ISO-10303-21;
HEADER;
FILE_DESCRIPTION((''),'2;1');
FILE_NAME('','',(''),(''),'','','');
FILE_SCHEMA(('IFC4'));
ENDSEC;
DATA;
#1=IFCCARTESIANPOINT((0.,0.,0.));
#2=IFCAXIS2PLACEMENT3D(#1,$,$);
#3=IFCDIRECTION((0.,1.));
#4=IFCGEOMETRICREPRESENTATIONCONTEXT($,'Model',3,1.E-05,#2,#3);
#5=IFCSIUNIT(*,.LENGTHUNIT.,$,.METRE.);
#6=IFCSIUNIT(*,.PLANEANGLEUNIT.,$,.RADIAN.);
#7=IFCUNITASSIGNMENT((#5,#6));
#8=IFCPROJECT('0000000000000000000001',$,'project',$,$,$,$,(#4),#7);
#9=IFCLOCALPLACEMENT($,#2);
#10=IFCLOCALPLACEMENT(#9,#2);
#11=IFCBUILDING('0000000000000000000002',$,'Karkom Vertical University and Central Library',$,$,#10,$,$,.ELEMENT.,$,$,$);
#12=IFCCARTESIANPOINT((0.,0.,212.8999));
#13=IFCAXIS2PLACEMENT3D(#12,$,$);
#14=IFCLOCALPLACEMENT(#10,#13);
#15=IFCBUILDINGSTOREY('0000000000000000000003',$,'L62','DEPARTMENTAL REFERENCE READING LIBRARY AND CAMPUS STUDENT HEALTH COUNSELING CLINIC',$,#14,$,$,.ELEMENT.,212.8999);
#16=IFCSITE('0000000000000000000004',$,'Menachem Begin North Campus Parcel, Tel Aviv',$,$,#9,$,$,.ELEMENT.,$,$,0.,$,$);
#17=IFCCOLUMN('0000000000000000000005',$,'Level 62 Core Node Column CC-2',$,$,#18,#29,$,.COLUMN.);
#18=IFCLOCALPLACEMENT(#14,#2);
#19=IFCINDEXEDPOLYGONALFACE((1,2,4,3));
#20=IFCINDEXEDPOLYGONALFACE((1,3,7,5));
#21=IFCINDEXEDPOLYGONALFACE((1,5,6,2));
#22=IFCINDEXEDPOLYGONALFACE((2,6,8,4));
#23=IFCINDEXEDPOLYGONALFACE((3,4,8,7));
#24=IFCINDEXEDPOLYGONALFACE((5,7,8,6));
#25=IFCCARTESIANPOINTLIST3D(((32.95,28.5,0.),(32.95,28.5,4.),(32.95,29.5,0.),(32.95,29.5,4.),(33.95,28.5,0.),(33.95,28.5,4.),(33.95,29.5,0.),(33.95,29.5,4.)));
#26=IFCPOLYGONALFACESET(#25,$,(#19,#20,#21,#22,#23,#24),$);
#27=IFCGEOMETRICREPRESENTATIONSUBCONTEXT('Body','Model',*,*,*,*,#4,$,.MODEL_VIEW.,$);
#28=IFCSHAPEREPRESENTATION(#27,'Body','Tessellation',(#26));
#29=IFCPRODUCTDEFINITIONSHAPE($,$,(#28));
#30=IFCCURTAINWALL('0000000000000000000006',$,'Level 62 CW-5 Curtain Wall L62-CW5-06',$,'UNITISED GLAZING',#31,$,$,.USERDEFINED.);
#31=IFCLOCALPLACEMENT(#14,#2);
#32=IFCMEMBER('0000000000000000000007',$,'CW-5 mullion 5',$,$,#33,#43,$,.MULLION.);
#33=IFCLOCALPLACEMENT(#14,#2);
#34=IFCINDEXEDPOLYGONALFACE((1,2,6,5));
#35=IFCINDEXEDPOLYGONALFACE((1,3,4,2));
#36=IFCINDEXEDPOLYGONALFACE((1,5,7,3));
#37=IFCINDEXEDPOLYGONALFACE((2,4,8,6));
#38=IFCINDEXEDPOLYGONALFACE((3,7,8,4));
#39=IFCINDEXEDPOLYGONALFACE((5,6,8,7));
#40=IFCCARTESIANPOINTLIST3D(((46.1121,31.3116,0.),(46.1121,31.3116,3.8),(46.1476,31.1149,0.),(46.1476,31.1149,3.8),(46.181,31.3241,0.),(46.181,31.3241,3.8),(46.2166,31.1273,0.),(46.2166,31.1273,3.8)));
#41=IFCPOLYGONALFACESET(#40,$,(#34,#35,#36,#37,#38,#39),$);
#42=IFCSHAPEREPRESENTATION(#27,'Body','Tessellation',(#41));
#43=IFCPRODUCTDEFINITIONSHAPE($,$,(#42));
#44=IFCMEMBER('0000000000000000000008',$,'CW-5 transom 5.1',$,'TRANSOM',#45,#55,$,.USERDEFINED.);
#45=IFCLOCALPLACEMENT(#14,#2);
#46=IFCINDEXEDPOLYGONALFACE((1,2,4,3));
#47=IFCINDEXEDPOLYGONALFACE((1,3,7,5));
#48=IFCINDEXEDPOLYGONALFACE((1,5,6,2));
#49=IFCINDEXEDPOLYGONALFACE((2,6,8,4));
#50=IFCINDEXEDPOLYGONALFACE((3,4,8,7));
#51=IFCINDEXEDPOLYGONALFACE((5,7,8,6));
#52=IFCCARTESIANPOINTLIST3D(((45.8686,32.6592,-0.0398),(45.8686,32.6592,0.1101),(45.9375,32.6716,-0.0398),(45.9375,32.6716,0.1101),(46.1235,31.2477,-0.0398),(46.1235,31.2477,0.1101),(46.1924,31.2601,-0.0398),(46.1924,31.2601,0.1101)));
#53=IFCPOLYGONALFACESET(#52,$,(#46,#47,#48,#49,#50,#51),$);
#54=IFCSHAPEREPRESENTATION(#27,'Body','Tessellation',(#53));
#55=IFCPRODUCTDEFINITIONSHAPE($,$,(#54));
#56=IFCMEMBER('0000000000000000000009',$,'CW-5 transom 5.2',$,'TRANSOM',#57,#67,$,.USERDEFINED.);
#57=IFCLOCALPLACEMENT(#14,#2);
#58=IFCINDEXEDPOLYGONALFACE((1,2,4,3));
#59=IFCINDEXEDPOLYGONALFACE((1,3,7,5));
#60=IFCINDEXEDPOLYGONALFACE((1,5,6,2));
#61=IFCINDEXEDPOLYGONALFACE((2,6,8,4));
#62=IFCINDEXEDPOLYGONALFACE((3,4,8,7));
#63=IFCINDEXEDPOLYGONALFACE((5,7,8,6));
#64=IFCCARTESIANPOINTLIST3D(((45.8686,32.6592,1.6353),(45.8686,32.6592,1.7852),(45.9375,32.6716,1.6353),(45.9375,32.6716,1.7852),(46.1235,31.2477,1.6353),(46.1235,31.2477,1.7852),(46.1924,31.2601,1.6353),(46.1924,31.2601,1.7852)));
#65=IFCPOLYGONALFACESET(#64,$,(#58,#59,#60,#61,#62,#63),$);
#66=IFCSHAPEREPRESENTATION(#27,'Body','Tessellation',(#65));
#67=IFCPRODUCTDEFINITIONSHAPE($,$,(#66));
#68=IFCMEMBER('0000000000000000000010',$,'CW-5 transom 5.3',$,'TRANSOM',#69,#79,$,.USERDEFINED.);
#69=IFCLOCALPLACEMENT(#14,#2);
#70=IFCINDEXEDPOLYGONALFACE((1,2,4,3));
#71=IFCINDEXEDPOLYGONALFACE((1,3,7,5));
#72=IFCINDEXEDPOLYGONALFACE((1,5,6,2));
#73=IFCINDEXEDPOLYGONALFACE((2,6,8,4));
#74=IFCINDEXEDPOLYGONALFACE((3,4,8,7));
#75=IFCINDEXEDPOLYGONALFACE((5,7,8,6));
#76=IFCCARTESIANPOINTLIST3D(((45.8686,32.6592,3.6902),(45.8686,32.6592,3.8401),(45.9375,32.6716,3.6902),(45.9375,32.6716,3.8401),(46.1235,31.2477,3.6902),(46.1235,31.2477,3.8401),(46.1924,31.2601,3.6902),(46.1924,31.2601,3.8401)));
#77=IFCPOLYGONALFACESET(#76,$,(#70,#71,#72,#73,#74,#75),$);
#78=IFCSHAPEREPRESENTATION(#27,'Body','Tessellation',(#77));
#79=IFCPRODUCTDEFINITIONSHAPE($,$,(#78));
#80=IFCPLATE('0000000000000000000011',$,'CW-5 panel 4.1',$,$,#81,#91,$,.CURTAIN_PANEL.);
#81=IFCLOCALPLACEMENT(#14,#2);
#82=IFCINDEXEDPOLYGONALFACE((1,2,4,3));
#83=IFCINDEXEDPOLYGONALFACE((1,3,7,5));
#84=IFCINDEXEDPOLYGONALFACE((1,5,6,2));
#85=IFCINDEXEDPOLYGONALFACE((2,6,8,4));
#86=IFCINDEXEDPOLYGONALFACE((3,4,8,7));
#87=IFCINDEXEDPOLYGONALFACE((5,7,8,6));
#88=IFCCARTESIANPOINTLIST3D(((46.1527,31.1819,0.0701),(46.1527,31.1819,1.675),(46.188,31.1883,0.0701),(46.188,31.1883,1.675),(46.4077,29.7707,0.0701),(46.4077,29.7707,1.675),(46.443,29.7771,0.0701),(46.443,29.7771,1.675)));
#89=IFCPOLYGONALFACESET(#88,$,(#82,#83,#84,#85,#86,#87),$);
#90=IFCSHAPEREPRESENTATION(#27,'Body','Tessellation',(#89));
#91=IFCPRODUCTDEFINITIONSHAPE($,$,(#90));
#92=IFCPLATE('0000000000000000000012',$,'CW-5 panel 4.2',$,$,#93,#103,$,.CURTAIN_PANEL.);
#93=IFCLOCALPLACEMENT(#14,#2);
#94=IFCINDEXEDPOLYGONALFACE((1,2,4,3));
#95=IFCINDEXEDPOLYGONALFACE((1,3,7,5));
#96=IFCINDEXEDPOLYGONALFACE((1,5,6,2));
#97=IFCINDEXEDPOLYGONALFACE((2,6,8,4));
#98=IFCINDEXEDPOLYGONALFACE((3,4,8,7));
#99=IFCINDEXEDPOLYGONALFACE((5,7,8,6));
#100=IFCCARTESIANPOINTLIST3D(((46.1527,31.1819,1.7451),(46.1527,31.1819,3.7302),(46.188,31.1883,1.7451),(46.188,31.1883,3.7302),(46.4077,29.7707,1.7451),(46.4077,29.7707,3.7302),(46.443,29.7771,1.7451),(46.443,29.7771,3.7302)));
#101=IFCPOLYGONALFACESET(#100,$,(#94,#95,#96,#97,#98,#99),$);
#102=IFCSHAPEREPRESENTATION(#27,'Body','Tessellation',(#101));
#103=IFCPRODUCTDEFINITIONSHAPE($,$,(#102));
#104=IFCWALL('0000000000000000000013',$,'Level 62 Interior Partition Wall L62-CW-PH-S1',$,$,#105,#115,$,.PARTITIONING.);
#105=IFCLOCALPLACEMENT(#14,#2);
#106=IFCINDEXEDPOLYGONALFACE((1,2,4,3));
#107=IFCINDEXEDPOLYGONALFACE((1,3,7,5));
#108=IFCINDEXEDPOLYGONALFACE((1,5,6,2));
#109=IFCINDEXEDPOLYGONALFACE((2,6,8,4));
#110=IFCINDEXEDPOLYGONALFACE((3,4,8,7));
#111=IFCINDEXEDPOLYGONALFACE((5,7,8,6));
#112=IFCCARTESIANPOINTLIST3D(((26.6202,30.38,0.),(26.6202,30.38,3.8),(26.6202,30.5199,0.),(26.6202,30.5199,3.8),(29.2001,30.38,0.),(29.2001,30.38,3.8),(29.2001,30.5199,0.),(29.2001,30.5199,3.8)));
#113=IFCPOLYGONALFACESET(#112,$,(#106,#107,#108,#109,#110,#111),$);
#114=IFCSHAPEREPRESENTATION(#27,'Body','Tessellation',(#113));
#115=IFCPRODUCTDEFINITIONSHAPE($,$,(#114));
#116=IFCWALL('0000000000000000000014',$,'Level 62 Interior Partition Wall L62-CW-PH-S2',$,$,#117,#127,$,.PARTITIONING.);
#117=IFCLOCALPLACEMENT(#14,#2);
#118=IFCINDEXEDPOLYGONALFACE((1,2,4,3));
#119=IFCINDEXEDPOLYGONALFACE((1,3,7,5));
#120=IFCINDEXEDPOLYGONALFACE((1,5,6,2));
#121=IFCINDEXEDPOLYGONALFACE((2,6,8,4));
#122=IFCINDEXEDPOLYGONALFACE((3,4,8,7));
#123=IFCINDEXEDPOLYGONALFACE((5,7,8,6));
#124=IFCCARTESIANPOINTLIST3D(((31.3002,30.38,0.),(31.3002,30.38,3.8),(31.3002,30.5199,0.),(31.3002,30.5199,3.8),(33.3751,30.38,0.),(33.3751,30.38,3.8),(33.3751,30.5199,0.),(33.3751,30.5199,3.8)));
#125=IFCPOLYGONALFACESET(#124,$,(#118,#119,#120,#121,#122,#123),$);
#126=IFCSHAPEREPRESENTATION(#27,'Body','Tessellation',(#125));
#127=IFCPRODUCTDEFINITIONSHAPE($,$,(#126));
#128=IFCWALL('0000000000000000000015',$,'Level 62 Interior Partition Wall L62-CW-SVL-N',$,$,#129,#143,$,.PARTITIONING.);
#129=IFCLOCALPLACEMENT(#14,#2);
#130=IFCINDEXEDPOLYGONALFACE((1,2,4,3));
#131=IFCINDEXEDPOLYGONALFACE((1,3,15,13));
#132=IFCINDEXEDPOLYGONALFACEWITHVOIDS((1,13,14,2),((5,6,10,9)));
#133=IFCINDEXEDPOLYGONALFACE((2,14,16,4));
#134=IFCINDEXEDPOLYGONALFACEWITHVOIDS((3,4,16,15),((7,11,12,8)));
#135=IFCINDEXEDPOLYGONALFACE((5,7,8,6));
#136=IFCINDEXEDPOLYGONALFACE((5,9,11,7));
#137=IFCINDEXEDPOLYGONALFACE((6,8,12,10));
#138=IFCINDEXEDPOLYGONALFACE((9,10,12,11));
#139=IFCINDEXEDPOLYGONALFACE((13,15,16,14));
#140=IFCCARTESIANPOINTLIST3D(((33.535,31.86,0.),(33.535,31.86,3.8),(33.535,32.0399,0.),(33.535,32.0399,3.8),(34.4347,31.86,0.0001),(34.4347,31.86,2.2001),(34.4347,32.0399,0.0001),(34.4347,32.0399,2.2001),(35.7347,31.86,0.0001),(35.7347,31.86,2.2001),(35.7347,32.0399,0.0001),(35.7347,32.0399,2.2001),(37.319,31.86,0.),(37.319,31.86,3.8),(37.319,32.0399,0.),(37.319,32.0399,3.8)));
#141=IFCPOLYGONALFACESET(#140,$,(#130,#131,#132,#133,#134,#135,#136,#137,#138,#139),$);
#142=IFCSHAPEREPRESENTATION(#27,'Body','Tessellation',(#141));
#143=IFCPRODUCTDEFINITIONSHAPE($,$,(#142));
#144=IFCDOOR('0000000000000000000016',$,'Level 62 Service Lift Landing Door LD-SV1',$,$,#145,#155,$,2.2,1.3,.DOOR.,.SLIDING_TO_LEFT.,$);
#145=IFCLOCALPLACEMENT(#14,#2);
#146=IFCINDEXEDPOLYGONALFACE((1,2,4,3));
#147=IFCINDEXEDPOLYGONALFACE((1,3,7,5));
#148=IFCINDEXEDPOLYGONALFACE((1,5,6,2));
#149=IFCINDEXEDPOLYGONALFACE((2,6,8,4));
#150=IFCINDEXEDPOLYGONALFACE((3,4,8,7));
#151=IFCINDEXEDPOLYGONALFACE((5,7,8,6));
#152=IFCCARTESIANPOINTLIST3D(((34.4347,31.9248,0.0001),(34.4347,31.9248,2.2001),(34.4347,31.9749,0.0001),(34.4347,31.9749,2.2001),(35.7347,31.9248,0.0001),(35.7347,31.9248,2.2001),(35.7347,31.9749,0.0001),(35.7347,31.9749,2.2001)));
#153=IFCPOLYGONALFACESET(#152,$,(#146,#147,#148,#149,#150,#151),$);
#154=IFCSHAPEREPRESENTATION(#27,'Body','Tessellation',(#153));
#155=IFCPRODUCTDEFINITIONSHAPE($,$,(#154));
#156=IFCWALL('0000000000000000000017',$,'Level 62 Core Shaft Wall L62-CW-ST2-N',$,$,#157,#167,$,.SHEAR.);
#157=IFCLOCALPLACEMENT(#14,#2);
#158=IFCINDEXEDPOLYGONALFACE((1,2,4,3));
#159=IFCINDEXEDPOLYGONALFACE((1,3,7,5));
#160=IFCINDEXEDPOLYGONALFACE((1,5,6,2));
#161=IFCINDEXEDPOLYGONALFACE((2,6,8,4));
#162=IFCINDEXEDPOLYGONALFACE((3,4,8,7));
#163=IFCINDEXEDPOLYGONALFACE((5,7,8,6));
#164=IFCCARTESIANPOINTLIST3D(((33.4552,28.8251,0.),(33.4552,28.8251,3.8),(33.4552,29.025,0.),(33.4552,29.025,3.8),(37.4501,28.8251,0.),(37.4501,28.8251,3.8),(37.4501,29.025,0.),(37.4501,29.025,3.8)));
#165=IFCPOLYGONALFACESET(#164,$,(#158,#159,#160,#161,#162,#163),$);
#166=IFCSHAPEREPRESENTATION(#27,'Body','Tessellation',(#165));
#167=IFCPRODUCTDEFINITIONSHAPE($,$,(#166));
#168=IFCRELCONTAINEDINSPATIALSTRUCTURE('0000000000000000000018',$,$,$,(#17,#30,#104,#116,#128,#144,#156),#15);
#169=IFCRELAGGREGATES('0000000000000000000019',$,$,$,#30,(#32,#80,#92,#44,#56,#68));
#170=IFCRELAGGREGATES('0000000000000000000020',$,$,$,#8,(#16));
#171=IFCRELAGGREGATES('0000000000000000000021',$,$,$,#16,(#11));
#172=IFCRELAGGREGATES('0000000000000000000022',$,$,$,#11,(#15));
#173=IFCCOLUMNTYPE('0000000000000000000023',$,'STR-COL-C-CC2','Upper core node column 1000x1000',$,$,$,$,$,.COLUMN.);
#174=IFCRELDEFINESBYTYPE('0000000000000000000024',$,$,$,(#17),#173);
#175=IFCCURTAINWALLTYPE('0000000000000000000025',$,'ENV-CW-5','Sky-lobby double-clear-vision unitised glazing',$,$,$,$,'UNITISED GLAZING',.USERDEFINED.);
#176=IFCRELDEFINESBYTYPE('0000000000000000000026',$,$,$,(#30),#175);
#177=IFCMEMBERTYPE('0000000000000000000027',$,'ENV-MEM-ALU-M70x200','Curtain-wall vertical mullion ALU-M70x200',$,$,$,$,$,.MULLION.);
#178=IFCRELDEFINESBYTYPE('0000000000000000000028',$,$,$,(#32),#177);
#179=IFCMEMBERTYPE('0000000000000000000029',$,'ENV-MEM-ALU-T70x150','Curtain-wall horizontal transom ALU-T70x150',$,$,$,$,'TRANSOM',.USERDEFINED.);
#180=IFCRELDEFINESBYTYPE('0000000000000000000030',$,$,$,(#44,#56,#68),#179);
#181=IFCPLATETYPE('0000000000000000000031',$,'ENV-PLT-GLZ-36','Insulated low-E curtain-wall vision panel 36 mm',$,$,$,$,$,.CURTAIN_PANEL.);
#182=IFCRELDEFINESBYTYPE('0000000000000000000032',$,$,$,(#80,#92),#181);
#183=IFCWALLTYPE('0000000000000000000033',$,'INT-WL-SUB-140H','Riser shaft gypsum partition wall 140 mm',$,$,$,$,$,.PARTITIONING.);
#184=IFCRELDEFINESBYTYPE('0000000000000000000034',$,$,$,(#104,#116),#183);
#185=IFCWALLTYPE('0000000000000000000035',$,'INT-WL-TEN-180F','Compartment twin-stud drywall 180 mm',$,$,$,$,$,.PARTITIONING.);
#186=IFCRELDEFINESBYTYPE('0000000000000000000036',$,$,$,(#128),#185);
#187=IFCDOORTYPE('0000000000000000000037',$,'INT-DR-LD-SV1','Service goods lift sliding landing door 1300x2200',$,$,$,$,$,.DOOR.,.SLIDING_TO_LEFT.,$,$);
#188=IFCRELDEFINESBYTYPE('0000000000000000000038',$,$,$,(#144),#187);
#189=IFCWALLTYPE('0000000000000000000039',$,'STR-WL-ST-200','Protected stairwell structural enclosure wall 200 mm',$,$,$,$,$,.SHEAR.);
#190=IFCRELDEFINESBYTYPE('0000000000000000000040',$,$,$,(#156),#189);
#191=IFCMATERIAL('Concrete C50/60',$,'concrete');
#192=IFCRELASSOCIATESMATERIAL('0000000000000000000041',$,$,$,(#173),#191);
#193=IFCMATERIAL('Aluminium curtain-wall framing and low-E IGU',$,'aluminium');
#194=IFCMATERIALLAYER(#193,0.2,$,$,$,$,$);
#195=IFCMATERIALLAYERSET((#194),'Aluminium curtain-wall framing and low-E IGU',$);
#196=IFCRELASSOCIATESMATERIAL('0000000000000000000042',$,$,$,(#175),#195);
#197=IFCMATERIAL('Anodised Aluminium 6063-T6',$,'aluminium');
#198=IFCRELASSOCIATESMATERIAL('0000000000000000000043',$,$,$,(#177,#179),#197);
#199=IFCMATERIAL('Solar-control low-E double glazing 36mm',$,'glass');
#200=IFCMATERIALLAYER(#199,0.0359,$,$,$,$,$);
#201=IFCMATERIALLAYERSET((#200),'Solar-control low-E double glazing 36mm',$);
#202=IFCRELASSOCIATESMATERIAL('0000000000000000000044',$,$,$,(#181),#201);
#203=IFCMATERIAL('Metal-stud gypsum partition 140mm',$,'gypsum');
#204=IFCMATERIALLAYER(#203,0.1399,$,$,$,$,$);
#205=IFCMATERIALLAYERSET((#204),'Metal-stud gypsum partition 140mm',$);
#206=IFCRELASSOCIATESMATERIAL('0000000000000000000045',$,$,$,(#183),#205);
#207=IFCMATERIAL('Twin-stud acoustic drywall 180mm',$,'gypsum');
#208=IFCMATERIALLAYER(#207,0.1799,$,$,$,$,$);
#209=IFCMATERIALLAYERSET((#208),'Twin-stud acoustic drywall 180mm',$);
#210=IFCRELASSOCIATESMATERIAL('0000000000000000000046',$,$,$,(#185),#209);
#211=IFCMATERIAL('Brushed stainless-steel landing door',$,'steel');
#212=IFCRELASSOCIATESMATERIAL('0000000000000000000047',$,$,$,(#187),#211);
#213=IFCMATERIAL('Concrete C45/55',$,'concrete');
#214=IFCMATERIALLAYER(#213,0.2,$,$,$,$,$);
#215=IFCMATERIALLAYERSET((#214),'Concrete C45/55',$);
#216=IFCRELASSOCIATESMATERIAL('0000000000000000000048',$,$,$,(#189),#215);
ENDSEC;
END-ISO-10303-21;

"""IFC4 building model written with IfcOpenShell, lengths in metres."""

from ifc_helpers import new_model, si_unit, direction, frame, frame_2d, origin, origin_with_axes, origin_2d, place, context, subcontext, project, spatial, rectangle, extrude, source, transform, mapped, material, layer, layer_set, material_profile, profile_set, type_object, element, fill, aggregate, save


model = new_model("IFC4")

# Units and contexts
model_context = context("Model", 3, precision=1e-05, world=origin(), true_north=direction((0.0, 1.0)))
body_context = subcontext(model_context, "Body", "Model", "MODEL_VIEW")
ifc_project = project(units=[si_unit("LENGTHUNIT", "METRE"), si_unit("PLANEANGLEUNIT", "RADIAN")], contexts=[model_context])

# Site, building, storey
site_placement = place(None, origin())
site = spatial("IfcSite", under=ifc_project, at=site_placement, Name="Menachem Begin North Campus Parcel, Tel Aviv", CompositionType="ELEMENT", RefElevation=0.0)
building_placement = place(site_placement, origin())
building = spatial("IfcBuilding", under=site, at=building_placement, Name="Karkom Vertical University and Central Library", CompositionType="ELEMENT")
storey_placement = place(building_placement, frame((0.0, 0.0, 212.8999)))
storey = spatial("IfcBuildingStorey", under=building, at=storey_placement, Name="L62", Description="DEPARTMENTAL REFERENCE READING LIBRARY AND CAMPUS STUDENT HEALTH COUNSELING CLINIC", CompositionType="ELEMENT", Elevation=212.8999)

# Column
ifc_material_1 = material(Name="Concrete C50/60", Category="concrete")
ifc_material_profile_1 = material_profile(ifc_material_1, rectangle(XDim=1.0, YDim=1.0, at=origin_2d()), Name="RC-1000x1000")
ifc_profile_set_1 = profile_set([ifc_material_profile_1], Name="Concrete C50/60")
column_type = type_object("IfcColumnType", Name="STR-COL-C-CC2", Description="Upper core node column 1000x1000", PredefinedType="COLUMN", material=ifc_profile_set_1)
shared_shape_1 = source(origin_with_axes(), body_context, "Body", "SweptSolid", [
    extrude(rectangle(XDim=1.0, YDim=1.0, at=origin_2d()), origin(), (0.0, 0.0, 1.0), 4.0),
])
column_placement = place(storey_placement, frame((33.45, 29.0, 0.0), z_axis=(0.0, 0.0, 1.0), x_axis=(1.0, 0.0, 0.0)))
element("IfcColumn", 1, at=column_placement, inside=storey, type_object=column_type, Name="Level 62 Core Node Column CC-2", PredefinedType="COLUMN", context=body_context, shape_type="MappedRepresentation", body=[
    mapped(shared_shape_1, transform((0.0, 0.0, 0.0), scale=1.0)),
])

# Curtain wall, members, plates
ifc_material_2 = material(Name="Aluminium curtain-wall framing and low-E IGU", Category="aluminium")
ifc_layer_1 = layer(ifc_material_2, 0.2)
ifc_layer_set_1 = layer_set([ifc_layer_1], Name="Aluminium curtain-wall framing and low-E IGU")
curtain_wall_type = type_object("IfcCurtainWallType", Name="ENV-CW-5", Description="Sky-lobby double-clear-vision unitised glazing", ElementType="UNITISED GLAZING", PredefinedType="USERDEFINED", material=ifc_layer_set_1)
curtain_wall_placement = place(storey_placement, origin())
curtain_wall = element("IfcCurtainWall", 2, at=curtain_wall_placement, inside=storey, type_object=curtain_wall_type, Name="Level 62 CW-5 Curtain Wall L62-CW5-06", ObjectType="UNITISED GLAZING", PredefinedType="USERDEFINED")
ifc_material_3 = material(Name="Anodised Aluminium 6063-T6", Category="aluminium")
ifc_material_profile_2 = material_profile(ifc_material_3, rectangle(XDim=0.0701, YDim=0.2, at=origin_2d()), Name="ALU-M70x200")
ifc_profile_set_2 = profile_set([ifc_material_profile_2], Name="Anodised Aluminium 6063-T6")
member_type_1 = type_object("IfcMemberType", Name="ENV-MEM-ALU-M70x200", Description="Curtain-wall vertical mullion ALU-M70x200", PredefinedType="MULLION", material=ifc_profile_set_2)
shared_shape_2 = source(origin_with_axes(), body_context, "Body", "SweptSolid", [
    extrude(rectangle(XDim=0.0701, YDim=0.2, at=origin_2d()), origin(), (0.0, 0.0, 1.0), 3.8),
])
member_1_placement = place(storey_placement, frame((46.1643, 31.2195, 0.0), z_axis=(0.0, 0.0, 1.0), x_axis=(-0.984072, -0.177772, 0.0)))
member_1 = element("IfcMember", 3, at=member_1_placement, type_object=member_type_1, Name="CW-5 mullion 5", PredefinedType="MULLION", context=body_context, shape_type="MappedRepresentation", body=[
    mapped(shared_shape_2, transform((0.0, 0.0, 0.0), scale=1.0)),
])
ifc_material_profile_3 = material_profile(ifc_material_3, rectangle(XDim=0.0701, YDim=0.1499, at=origin_2d()), Name="ALU-T70x150")
ifc_profile_set_3 = profile_set([ifc_material_profile_3], Name="Anodised Aluminium 6063-T6")
member_type_2 = type_object("IfcMemberType", Name="ENV-MEM-ALU-T70x150", Description="Curtain-wall horizontal transom ALU-T70x150", ElementType="TRANSOM", PredefinedType="USERDEFINED", material=ifc_profile_set_3)
shared_shape_3 = source(origin_with_axes(), body_context, "Body", "SweptSolid", [
    extrude(rectangle(XDim=0.0701, YDim=0.1499, at=origin_2d()), origin(), (0.0, 0.0, 1.0), 1.4343),
])
member_2_placement = place(storey_placement, frame((46.158, 31.2539, 0.0352), z_axis=(-0.177717, 0.984082, 0.0), x_axis=(-0.984082, -0.177717, 0.0)))
member_2 = element("IfcMember", 4, at=member_2_placement, type_object=member_type_2, Name="CW-5 transom 5.1", ObjectType="TRANSOM", PredefinedType="USERDEFINED", context=body_context, shape_type="MappedRepresentation", body=[
    mapped(shared_shape_3, transform((0.0, 0.0, 0.0), scale=1.0)),
])
member_3_placement = place(storey_placement, frame((46.158, 31.2539, 1.7102), z_axis=(-0.177717, 0.984082, 0.0), x_axis=(-0.984082, -0.177717, 0.0)))
member_3 = element("IfcMember", 5, at=member_3_placement, type_object=member_type_2, Name="CW-5 transom 5.2", ObjectType="TRANSOM", PredefinedType="USERDEFINED", context=body_context, shape_type="MappedRepresentation", body=[
    mapped(shared_shape_3, transform((0.0, 0.0, 0.0), scale=1.0)),
])
member_4_placement = place(storey_placement, frame((46.158, 31.2539, 3.7651), z_axis=(-0.177717, 0.984082, 0.0), x_axis=(-0.984082, -0.177717, 0.0)))
member_4 = element("IfcMember", 6, at=member_4_placement, type_object=member_type_2, Name="CW-5 transom 5.3", ObjectType="TRANSOM", PredefinedType="USERDEFINED", context=body_context, shape_type="MappedRepresentation", body=[
    mapped(shared_shape_3, transform((0.0, 0.0, 0.0), scale=1.0)),
])
ifc_material_4 = material(Name="Solar-control low-E double glazing 36mm", Category="glass")
ifc_layer_2 = layer(ifc_material_4, 0.0359)
ifc_layer_set_2 = layer_set([ifc_layer_2], Name="Solar-control low-E double glazing 36mm")
plate_type = type_object("IfcPlateType", Name="ENV-PLT-GLZ-36", Description="Insulated low-E curtain-wall vision panel 36 mm", PredefinedType="CURTAIN_PANEL", material=ifc_layer_set_2)
shared_shape_4 = source(origin_with_axes(), body_context, "Body", "SweptSolid", [
    extrude(rectangle(XDim=1.4341, YDim=0.0359, at=origin_2d()), origin(), (0.0, 0.0, 1.0), 1.605),
])
plate_1_placement = place(storey_placement, frame((46.2979, 30.4795, 0.0701), z_axis=(0.0, 0.0, 1.0), x_axis=(-0.177772, 0.984072, 0.0)))
plate_1 = element("IfcPlate", 7, at=plate_1_placement, type_object=plate_type, Name="CW-5 panel 4.1", PredefinedType="CURTAIN_PANEL", context=body_context, shape_type="MappedRepresentation", body=[
    mapped(shared_shape_4, transform((0.0, 0.0, 0.0), scale=1.0)),
])
shared_shape_5 = source(origin_with_axes(), body_context, "Body", "SweptSolid", [
    extrude(rectangle(XDim=1.4341, YDim=0.0359, at=origin_2d()), origin(), (0.0, 0.0, 1.0), 1.9851),
])
plate_2_placement = place(storey_placement, frame((46.2979, 30.4795, 1.7451), z_axis=(0.0, 0.0, 1.0), x_axis=(-0.177772, 0.984072, 0.0)))
plate_2 = element("IfcPlate", 8, at=plate_2_placement, type_object=plate_type, Name="CW-5 panel 4.2", PredefinedType="CURTAIN_PANEL", context=body_context, shape_type="MappedRepresentation", body=[
    mapped(shared_shape_5, transform((0.0, 0.0, 0.0), scale=1.0)),
])
aggregate(curtain_wall, [member_1, plate_1, plate_2, member_2, member_3, member_4])

# Shared definitions
ifc_material_5 = material(Name="Metal-stud gypsum partition 140mm", Category="gypsum")
ifc_layer_3 = layer(ifc_material_5, 0.1399)
ifc_layer_set_3 = layer_set([ifc_layer_3], Name="Metal-stud gypsum partition 140mm")
wall_type_1 = type_object("IfcWallType", Name="INT-WL-SUB-140H", Description="Riser shaft gypsum partition wall 140 mm", PredefinedType="PARTITIONING", material=ifc_layer_set_3)
ifc_material_6 = material(Name="Brushed stainless-steel landing door", Category="steel")

# Walls
wall_1_placement = place(storey_placement, frame((26.6201, 30.45, 0.0), z_axis=(0.0, 0.0, 1.0), x_axis=(1.0, 0.0, 0.0)))
element("IfcWall", 9, at=wall_1_placement, inside=storey, type_object=wall_type_1, Name="Level 62 Interior Partition Wall L62-CW-PH-S1", PredefinedType="PARTITIONING", context=body_context, shape_type="SweptSolid", body=[
    extrude(rectangle(XDim=2.5798, YDim=0.1399, at=frame_2d((1.29, 0.0))), origin(), (0.0, 0.0, 1.0), 3.8),
])
wall_2_placement = place(storey_placement, frame((31.3, 30.45, 0.0), z_axis=(0.0, 0.0, 1.0), x_axis=(1.0, 0.0, 0.0)))
element("IfcWall", 10, at=wall_2_placement, inside=storey, type_object=wall_type_1, Name="Level 62 Interior Partition Wall L62-CW-PH-S2", PredefinedType="PARTITIONING", context=body_context, shape_type="SweptSolid", body=[
    extrude(rectangle(XDim=2.075, YDim=0.1399, at=frame_2d((1.0376, 0.0))), origin(), (0.0, 0.0, 1.0), 3.8),
])

# Wall, opening, door
ifc_material_7 = material(Name="Twin-stud acoustic drywall 180mm", Category="gypsum")
ifc_layer_4 = layer(ifc_material_7, 0.1799)
ifc_layer_set_4 = layer_set([ifc_layer_4], Name="Twin-stud acoustic drywall 180mm")
wall_type_2 = type_object("IfcWallType", Name="INT-WL-TEN-180F", Description="Compartment twin-stud drywall 180 mm", PredefinedType="PARTITIONING", material=ifc_layer_set_4)
wall_3_placement = place(storey_placement, frame((33.5349, 31.95, 0.0), z_axis=(0.0, 0.0, 1.0), x_axis=(1.0, 0.0, 0.0)))
wall_3 = element("IfcWall", 11, at=wall_3_placement, inside=storey, type_object=wall_type_2, Name="Level 62 Interior Partition Wall L62-CW-SVL-N", PredefinedType="PARTITIONING", context=body_context, shape_type="SweptSolid", body=[
    extrude(rectangle(XDim=3.7839, YDim=0.1799, at=frame_2d((1.8921, 0.0))), origin(), (0.0, 0.0, 1.0), 3.8),
])
opening_1_placement = place(wall_3_placement, frame((0.8999, 0.0, 0.0)))
opening_1 = element("IfcOpeningElement", 12, at=opening_1_placement, cuts=wall_3, PredefinedType="OPENING", context=body_context, shape_type="SweptSolid", body=[
    extrude(rectangle(XDim=1.3, YDim=2.2, at=frame_2d((0.6499, 1.1001))), frame((0.0, 0.1001, 0.0), z_axis=(0.0, -1.0, 0.0), x_axis=(1.0, 0.0, 0.0)), (0.0, 0.0, 1.0), 0.2),
])
door_type_1 = type_object("IfcDoorType", Name="INT-DR-LD-SV1", Description="Service goods lift sliding landing door 1300x2200", OperationType="SLIDING_TO_LEFT", PredefinedType="DOOR", material=ifc_material_6)
shared_shape_6 = source(origin_with_axes(), body_context, "Body", "SweptSolid", [
    extrude(rectangle(XDim=1.3, YDim=2.2, at=frame_2d((0.6499, 1.1001))), frame((0.0, 0.0249, 0.0), z_axis=(0.0, -1.0, 0.0), x_axis=(1.0, 0.0, 0.0)), (0.0, 0.0, 1.0), 0.05),
])
door_1_placement = place(opening_1_placement, origin())
door_1 = element("IfcDoor", 13, at=door_1_placement, inside=storey, type_object=door_type_1, Name="Level 62 Service Lift Landing Door LD-SV1", OperationType="SLIDING_TO_LEFT", OverallHeight=2.2, OverallWidth=1.3, PredefinedType="DOOR", context=body_context, shape_type="MappedRepresentation", body=[
    mapped(shared_shape_6, transform((0.0, 0.0, 0.0), scale=1.0)),
])
fill(opening_1, door_1)

# Wall
ifc_material_8 = material(Name="Concrete C45/55", Category="concrete")
ifc_layer_5 = layer(ifc_material_8, 0.2)
ifc_layer_set_5 = layer_set([ifc_layer_5], Name="Concrete C45/55")
wall_type_3 = type_object("IfcWallType", Name="STR-WL-ST-200", Description="Protected stairwell structural enclosure wall 200 mm", PredefinedType="SHEAR", material=ifc_layer_set_5)
wall_4_placement = place(storey_placement, frame((33.4551, 28.925, 0.0), z_axis=(0.0, 0.0, 1.0), x_axis=(1.0, 0.0, 0.0)))
element("IfcWall", 14, at=wall_4_placement, inside=storey, type_object=wall_type_3, Name="Level 62 Core Shaft Wall L62-CW-ST2-N", PredefinedType="SHEAR", context=body_context, shape_type="SweptSolid", body=[
    extrude(rectangle(XDim=3.9949, YDim=0.2, at=frame_2d((1.9976, 0.0))), origin(), (0.0, 0.0, 1.0), 3.8),
])

save(model, "model.ifc")
